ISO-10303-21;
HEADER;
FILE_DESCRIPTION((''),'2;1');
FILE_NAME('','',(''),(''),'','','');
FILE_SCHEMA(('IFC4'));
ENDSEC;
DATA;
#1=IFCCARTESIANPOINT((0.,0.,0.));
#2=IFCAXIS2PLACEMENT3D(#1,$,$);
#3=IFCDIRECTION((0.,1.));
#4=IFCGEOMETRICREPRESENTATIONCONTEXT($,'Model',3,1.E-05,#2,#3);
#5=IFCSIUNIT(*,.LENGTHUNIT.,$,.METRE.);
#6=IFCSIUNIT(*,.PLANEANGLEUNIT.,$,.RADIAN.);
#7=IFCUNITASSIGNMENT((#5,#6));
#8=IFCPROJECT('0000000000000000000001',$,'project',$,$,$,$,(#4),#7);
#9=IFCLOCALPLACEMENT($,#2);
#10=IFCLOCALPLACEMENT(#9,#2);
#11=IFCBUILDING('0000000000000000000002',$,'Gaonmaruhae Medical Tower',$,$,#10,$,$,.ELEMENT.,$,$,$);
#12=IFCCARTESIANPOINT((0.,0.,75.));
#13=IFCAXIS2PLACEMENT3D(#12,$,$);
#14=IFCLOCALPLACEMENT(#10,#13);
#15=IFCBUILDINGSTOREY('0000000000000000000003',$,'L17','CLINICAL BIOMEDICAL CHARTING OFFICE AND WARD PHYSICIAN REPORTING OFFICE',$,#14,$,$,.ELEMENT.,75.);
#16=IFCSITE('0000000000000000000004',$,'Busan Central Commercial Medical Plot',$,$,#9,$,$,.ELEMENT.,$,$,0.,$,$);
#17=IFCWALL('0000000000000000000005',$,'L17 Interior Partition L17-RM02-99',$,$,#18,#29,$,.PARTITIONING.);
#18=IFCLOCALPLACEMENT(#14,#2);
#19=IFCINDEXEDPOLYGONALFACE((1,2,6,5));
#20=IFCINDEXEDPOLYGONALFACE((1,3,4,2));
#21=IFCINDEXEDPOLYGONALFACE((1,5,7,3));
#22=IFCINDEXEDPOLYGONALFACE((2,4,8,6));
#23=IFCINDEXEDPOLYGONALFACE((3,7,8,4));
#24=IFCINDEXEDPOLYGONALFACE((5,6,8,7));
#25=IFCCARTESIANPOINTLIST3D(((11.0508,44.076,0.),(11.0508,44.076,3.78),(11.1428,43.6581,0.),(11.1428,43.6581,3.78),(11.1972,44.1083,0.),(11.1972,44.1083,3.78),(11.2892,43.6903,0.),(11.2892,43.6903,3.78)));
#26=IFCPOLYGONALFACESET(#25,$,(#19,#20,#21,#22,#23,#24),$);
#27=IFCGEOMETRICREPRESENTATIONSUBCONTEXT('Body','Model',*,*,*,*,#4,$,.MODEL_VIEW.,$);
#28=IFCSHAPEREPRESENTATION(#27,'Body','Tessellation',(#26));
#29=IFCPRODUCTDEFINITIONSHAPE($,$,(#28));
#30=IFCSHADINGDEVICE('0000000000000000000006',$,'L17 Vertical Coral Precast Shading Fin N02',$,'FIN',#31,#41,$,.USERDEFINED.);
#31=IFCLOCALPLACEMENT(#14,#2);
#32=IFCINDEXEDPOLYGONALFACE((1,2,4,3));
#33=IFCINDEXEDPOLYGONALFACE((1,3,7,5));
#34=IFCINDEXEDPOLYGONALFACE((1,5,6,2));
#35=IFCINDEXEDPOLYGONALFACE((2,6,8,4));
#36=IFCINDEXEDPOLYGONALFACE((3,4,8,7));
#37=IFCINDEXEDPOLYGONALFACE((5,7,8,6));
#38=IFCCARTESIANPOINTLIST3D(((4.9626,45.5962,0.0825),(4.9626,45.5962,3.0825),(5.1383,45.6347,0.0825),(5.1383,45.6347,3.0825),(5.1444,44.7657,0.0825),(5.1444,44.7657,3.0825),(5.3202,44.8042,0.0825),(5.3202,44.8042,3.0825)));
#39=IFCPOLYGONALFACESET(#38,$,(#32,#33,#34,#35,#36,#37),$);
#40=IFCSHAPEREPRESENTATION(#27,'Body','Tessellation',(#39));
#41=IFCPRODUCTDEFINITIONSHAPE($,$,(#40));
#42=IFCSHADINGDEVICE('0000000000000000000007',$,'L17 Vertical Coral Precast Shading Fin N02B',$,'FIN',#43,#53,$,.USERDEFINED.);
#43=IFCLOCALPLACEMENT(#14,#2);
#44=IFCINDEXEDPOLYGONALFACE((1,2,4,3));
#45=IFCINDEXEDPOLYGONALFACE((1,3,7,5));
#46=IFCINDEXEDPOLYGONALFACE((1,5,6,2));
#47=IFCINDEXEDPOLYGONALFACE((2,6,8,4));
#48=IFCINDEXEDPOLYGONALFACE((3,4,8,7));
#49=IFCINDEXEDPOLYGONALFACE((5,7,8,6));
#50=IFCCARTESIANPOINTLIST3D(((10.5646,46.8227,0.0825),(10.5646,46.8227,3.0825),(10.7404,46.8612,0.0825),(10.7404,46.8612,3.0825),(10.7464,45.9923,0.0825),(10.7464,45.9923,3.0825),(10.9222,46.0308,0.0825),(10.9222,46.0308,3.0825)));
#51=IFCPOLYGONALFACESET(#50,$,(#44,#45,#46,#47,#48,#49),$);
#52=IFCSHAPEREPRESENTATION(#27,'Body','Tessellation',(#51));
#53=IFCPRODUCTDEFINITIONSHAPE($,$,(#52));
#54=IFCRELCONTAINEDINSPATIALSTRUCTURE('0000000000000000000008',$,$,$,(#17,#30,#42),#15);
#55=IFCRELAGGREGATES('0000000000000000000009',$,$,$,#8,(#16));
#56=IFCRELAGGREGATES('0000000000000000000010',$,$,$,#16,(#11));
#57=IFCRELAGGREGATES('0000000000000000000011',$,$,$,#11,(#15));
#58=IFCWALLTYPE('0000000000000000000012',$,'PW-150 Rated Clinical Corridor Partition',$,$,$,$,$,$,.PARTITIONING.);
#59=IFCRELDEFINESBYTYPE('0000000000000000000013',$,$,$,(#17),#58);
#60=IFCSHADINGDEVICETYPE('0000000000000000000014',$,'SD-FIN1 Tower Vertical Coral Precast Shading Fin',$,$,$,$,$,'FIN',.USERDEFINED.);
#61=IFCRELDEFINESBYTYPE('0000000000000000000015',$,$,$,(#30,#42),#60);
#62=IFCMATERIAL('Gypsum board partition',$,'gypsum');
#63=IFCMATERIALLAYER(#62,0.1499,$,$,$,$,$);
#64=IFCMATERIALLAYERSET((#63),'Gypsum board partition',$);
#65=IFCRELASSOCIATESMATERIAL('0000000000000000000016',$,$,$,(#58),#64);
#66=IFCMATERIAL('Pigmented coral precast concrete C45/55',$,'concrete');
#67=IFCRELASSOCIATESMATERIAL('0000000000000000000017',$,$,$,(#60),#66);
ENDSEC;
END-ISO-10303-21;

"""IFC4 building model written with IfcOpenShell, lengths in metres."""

from ifc_helpers import new_model, si_unit, direction, frame, frame_2d, origin, origin_2d, place, context, subcontext, project, spatial, rectangle, extrude, material, layer, layer_set, type_object, element, save


model = new_model("IFC4")

# Units and contexts
model_context = context("Model", 3, precision=1e-05, world=origin(), true_north=direction((0.0, 1.0)))
body_context = subcontext(model_context, "Body", "Model", "MODEL_VIEW")
ifc_project = project(units=[si_unit("LENGTHUNIT", "METRE"), si_unit("PLANEANGLEUNIT", "RADIAN")], contexts=[model_context])

# Site, building, storey
site_placement = place(None, origin())
site = spatial("IfcSite", under=ifc_project, at=site_placement, Name="Busan Central Commercial Medical Plot", CompositionType="ELEMENT", RefElevation=0.0)
building_placement = place(site_placement, origin())
building = spatial("IfcBuilding", under=site, at=building_placement, Name="Gaonmaruhae Medical Tower", CompositionType="ELEMENT")
storey_placement = place(building_placement, frame((0.0, 0.0, 75.0)))
storey = spatial("IfcBuildingStorey", under=building, at=storey_placement, Name="L17", Description="CLINICAL BIOMEDICAL CHARTING OFFICE AND WARD PHYSICIAN REPORTING OFFICE", CompositionType="ELEMENT", Elevation=75.0)

# Shared definitions
ifc_material_1 = material(Name="Gypsum board partition", Category="gypsum")
ifc_layer_1 = layer(ifc_material_1, 0.1499)
ifc_layer_set_1 = layer_set([ifc_layer_1], Name="Gypsum board partition")
wall_type_1 = type_object("IfcWallType", Name="PW-150 Rated Clinical Corridor Partition", PredefinedType="PARTITIONING", material=ifc_layer_set_1)

# Wall
wall_1_placement = place(storey_placement, frame((11.124, 44.092, 0.0), z_axis=(0.0, 0.0, 1.0), x_axis=(0.215058, -0.976601, 0.0)))
element("IfcWall", 1, at=wall_1_placement, inside=storey, type_object=wall_type_1, Name="L17 Interior Partition L17-RM02-99", PredefinedType="PARTITIONING", context=body_context, shape_type="SweptSolid", body=[
    extrude(rectangle(XDim=0.428, YDim=0.1499, at=frame_2d((0.2139, 0.0))), origin(), (0.0, 0.0, 1.0), 3.78),
])

# Shading devices
ifc_material_2 = material(Name="Pigmented coral precast concrete C45/55", Category="concrete")
shading_device_type = type_object("IfcShadingDeviceType", Name="SD-FIN1 Tower Vertical Coral Precast Shading Fin", ElementType="FIN", PredefinedType="USERDEFINED", material=ifc_material_2)
for number, where, z_axis, x_axis, name in (
    (2, (5.1414, 45.2002, 0.0825), (0.0, 0.0, 1.0), (0.976859, 0.213883, 0.0), "L17 Vertical Coral Precast Shading Fin N02"),
    (3, (10.7434, 46.4268, 0.0825), (0.0, 0.0, 1.0), (0.976859, 0.213883, 0.0), "L17 Vertical Coral Precast Shading Fin N02B"),
):
    element("IfcShadingDevice", number, at=place(storey_placement, frame(where, z_axis=z_axis, x_axis=x_axis)), inside=storey, type_object=shading_device_type, Name=name, ObjectType="FIN", PredefinedType="USERDEFINED", context=body_context, shape_type="SweptSolid", body=[
        extrude(rectangle(XDim=0.1799, YDim=0.8501, at=origin_2d()), origin(), (0.0, 0.0, 1.0), 3.0),
    ])

save(model, "model.ifc")
